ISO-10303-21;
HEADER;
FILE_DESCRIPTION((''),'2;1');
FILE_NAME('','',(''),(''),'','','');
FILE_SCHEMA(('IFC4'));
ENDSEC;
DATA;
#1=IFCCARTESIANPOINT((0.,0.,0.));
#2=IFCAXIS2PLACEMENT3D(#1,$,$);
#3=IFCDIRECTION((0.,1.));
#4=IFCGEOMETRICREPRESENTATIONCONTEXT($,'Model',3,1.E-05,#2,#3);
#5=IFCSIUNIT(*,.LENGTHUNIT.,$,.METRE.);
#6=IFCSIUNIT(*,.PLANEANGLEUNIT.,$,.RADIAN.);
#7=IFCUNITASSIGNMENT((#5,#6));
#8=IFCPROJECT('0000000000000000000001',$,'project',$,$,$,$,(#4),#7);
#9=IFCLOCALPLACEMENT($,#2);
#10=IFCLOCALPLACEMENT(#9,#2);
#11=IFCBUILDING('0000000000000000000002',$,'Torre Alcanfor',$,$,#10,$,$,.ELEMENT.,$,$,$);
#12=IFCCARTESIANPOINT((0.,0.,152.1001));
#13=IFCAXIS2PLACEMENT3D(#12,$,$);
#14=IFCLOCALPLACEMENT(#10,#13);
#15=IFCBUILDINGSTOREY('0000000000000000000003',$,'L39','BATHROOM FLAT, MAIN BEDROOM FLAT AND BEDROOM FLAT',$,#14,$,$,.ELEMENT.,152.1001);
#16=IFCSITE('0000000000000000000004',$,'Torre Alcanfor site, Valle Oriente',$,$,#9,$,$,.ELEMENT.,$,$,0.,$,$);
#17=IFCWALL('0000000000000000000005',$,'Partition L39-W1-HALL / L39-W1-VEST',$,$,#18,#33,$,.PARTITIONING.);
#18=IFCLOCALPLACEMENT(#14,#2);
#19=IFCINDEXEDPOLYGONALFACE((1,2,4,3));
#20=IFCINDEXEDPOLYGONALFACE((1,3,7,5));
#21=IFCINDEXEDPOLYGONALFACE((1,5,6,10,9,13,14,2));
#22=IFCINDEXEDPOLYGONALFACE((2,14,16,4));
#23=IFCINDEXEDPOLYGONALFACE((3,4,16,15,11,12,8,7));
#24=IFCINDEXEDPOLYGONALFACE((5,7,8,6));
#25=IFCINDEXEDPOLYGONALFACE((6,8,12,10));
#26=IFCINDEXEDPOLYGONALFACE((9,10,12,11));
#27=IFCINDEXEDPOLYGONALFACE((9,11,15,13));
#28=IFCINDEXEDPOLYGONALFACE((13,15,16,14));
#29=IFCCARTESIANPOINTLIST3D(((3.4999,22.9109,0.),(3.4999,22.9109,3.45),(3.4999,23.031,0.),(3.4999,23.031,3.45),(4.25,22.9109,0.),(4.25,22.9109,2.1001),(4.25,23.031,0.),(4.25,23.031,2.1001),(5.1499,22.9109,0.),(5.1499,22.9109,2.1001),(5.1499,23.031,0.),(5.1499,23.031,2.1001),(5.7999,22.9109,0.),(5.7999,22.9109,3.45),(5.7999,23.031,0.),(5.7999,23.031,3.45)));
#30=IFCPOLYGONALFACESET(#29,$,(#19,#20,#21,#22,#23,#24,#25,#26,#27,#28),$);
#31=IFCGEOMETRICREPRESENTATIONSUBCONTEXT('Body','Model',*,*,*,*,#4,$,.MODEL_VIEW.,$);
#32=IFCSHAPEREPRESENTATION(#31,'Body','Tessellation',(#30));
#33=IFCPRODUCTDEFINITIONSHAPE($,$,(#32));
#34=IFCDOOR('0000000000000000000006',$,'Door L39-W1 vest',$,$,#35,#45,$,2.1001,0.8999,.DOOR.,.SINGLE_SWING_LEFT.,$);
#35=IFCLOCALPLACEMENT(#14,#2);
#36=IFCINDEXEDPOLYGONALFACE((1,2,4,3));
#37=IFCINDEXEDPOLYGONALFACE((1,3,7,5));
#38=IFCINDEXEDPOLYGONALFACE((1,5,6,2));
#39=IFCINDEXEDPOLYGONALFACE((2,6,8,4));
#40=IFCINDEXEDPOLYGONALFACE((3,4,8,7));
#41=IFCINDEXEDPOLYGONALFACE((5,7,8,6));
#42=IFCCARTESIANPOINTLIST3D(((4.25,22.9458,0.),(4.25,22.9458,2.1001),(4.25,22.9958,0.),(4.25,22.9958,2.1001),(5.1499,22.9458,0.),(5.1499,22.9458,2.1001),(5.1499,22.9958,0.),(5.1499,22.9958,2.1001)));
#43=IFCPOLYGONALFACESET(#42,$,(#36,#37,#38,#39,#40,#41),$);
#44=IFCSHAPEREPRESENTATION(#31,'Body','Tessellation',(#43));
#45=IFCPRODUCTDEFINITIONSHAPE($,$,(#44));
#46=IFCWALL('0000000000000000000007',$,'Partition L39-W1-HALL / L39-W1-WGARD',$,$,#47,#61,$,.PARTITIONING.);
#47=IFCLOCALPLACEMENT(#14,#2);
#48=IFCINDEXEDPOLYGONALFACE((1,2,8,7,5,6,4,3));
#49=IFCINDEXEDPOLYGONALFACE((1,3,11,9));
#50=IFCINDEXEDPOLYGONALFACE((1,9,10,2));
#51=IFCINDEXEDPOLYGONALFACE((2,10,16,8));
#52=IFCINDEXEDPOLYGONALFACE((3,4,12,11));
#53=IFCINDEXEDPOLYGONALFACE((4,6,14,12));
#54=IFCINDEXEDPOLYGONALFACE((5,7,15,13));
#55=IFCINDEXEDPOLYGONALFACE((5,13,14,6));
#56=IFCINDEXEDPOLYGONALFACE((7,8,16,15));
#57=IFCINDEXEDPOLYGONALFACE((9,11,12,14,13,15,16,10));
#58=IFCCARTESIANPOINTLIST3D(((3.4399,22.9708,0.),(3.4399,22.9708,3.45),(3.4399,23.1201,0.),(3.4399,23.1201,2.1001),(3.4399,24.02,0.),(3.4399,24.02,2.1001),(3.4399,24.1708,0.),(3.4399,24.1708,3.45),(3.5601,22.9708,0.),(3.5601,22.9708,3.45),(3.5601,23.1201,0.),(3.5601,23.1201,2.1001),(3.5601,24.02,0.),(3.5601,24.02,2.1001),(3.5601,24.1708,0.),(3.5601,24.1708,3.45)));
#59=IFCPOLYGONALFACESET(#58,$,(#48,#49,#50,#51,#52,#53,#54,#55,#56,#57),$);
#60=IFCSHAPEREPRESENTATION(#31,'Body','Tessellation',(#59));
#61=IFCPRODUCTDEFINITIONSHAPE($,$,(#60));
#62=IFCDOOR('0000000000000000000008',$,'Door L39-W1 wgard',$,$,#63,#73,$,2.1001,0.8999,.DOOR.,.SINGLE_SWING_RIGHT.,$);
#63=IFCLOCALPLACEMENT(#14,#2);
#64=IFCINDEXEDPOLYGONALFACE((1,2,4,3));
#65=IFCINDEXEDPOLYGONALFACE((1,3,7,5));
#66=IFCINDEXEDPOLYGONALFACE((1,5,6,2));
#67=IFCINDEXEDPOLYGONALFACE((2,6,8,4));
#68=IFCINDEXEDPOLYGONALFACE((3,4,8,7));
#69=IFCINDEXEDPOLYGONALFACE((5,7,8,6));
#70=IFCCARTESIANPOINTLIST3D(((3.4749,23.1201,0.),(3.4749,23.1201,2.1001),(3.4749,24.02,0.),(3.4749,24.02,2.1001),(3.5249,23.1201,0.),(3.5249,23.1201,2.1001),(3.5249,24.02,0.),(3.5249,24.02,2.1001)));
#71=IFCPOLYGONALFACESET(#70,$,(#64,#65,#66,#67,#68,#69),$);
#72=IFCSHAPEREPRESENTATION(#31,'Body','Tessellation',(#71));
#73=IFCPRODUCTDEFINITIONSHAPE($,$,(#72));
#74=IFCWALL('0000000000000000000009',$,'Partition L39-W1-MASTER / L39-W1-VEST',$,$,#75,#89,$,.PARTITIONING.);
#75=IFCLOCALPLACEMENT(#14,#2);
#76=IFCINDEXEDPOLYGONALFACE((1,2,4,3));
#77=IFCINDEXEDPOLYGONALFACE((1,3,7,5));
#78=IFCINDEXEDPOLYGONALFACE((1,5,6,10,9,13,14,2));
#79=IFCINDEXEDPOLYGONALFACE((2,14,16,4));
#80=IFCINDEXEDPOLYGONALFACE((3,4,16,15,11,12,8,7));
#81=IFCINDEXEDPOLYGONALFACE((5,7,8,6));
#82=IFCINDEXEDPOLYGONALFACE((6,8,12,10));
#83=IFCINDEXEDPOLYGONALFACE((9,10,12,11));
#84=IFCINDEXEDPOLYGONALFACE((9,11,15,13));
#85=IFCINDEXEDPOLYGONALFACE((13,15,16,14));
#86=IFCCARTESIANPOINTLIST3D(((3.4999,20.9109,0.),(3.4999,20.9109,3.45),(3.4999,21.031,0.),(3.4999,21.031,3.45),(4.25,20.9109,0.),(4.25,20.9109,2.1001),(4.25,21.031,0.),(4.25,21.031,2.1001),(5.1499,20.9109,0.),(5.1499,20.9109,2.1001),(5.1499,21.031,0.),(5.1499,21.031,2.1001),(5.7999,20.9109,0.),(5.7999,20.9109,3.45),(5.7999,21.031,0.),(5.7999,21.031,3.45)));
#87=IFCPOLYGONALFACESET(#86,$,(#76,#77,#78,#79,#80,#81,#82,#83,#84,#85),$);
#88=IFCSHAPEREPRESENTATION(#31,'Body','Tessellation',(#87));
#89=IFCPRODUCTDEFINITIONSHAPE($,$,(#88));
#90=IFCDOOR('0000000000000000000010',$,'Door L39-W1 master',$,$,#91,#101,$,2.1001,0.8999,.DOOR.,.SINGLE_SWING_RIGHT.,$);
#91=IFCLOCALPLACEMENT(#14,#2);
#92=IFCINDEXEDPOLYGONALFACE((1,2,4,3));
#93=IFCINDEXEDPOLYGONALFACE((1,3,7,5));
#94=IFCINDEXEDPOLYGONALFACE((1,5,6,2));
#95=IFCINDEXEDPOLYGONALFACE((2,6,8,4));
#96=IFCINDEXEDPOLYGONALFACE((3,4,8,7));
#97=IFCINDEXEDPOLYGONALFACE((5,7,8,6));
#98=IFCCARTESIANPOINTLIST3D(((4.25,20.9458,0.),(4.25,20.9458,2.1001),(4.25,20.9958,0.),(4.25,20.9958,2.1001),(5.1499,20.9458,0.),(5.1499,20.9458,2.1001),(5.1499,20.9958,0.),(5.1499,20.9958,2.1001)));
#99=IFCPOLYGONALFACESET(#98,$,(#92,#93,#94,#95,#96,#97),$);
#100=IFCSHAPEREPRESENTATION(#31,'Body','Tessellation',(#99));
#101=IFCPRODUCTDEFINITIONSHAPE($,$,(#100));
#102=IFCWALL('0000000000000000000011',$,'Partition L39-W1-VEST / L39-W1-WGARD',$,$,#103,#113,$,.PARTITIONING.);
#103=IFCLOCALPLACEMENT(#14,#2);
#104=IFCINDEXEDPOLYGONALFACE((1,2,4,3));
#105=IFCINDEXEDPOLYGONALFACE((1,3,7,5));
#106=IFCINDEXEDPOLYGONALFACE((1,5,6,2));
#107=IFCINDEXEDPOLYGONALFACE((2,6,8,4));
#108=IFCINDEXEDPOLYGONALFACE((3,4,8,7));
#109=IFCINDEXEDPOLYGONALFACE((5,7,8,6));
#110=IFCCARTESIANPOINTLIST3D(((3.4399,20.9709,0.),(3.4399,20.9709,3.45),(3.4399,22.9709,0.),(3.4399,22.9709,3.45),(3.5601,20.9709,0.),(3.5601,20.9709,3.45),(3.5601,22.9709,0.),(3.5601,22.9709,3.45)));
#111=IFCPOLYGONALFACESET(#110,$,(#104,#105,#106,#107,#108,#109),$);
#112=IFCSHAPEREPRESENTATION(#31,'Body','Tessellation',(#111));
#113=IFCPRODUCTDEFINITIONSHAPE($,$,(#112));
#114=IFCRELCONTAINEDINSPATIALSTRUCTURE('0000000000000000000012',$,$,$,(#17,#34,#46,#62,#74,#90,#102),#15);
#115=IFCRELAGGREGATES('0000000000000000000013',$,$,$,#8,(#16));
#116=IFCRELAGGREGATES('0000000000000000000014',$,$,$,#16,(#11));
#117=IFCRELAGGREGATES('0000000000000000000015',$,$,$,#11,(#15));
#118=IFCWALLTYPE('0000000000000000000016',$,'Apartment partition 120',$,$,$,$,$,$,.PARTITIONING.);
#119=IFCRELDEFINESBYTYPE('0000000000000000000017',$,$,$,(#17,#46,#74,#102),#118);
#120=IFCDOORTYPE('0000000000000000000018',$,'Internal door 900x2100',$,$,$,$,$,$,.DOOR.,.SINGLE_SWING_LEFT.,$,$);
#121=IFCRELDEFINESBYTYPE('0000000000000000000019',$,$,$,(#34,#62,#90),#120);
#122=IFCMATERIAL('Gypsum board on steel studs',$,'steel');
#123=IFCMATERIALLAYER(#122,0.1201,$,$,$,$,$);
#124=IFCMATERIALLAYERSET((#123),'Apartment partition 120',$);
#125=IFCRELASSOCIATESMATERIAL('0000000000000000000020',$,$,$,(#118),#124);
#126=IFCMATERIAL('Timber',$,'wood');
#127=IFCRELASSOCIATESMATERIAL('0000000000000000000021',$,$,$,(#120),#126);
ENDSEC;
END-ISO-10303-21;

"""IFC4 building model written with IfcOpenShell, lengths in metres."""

from ifc_helpers import new_model, si_unit, direction, frame, frame_2d, origin, place, context, subcontext, project, spatial, rectangle, extrude, material, layer, layer_set, type_object, element, fill, save


model = new_model("IFC4")

# Units and contexts
model_context = context("Model", 3, precision=1e-05, world=origin(), true_north=direction((0.0, 1.0)))
body_context = subcontext(model_context, "Body", "Model", "MODEL_VIEW")
ifc_project = project(units=[si_unit("LENGTHUNIT", "METRE"), si_unit("PLANEANGLEUNIT", "RADIAN")], contexts=[model_context])

# Site, building, storey
site_placement = place(None, origin())
site = spatial("IfcSite", under=ifc_project, at=site_placement, Name="Torre Alcanfor site, Valle Oriente", CompositionType="ELEMENT", RefElevation=0.0)
building_placement = place(site_placement, origin())
building = spatial("IfcBuilding", under=site, at=building_placement, Name="Torre Alcanfor", CompositionType="ELEMENT")
storey_placement = place(building_placement, frame((0.0, 0.0, 152.1001)))
storey = spatial("IfcBuildingStorey", under=building, at=storey_placement, Name="L39", Description="BATHROOM FLAT, MAIN BEDROOM FLAT AND BEDROOM FLAT", CompositionType="ELEMENT", Elevation=152.1001)

# Shared definitions
ifc_material_1 = material(Name="Gypsum board on steel studs", Category="steel")
ifc_layer_1 = layer(ifc_material_1, 0.1201)
ifc_layer_set_1 = layer_set([ifc_layer_1], Name="Apartment partition 120")
wall_type = type_object("IfcWallType", Name="Apartment partition 120", PredefinedType="PARTITIONING", material=ifc_layer_set_1)
ifc_material_2 = material(Name="Timber", Category="wood")
door_type = type_object("IfcDoorType", Name="Internal door 900x2100", OperationType="SINGLE_SWING_LEFT", PredefinedType="DOOR", material=ifc_material_2)

# Walls, openings, doors
wall_1_placement = place(storey_placement, frame((3.5, 22.9709, 0.0), z_axis=(0.0, 0.0, 1.0), x_axis=(1.0, 0.0, 0.0)))
wall_1 = element("IfcWall", 1, at=wall_1_placement, inside=storey, type_object=wall_type, Name="Partition L39-W1-HALL / L39-W1-VEST", PredefinedType="PARTITIONING", context=body_context, shape_type="SweptSolid", body=[
    extrude(rectangle(XDim=2.3, YDim=0.1201, at=frame_2d((1.1499, 0.0))), origin(), (0.0, 0.0, 1.0), 3.45),
])
opening_1_placement = place(wall_1_placement, frame((0.75, 0.0, 0.0)))
opening_1 = element("IfcOpeningElement", 2, at=opening_1_placement, cuts=wall_1, PredefinedType="OPENING", context=body_context, shape_type="SweptSolid", body=[
    extrude(rectangle(XDim=0.8999, YDim=2.1001, at=frame_2d((0.45, 1.05))), frame((0.0, 0.0701, 0.0), z_axis=(0.0, -1.0, 0.0), x_axis=(1.0, 0.0, 0.0)), (0.0, 0.0, 1.0), 0.1401),
])
door_1_placement = place(opening_1_placement, frame((0.8999, 0.0, 0.0), z_axis=(0.0, 0.0, 1.0), x_axis=(-1.0, 0.0, 0.0)))
door_1 = element("IfcDoor", 3, at=door_1_placement, inside=storey, type_object=door_type, Name="Door L39-W1 vest", OperationType="SINGLE_SWING_LEFT", OverallHeight=2.1001, OverallWidth=0.8999, PredefinedType="DOOR", context=body_context, shape_type="SweptSolid", body=[
    extrude(rectangle(XDim=0.8999, YDim=2.1001, at=frame_2d((0.45, 1.05))), frame((0.0, 0.0251, 0.0), z_axis=(0.0, -1.0, 0.0), x_axis=(1.0, 0.0, 0.0)), (0.0, 0.0, 1.0), 0.05),
])
fill(opening_1, door_1)
wall_2_placement = place(storey_placement, frame((3.5, 24.1709, 0.0), z_axis=(0.0, 0.0, 1.0), x_axis=(0.0, -1.0, 0.0)))
wall_2 = element("IfcWall", 4, at=wall_2_placement, inside=storey, type_object=wall_type, Name="Partition L39-W1-HALL / L39-W1-WGARD", PredefinedType="PARTITIONING", context=body_context, shape_type="SweptSolid", body=[
    extrude(rectangle(XDim=1.2, YDim=0.1201, at=frame_2d((0.6001, 0.0))), origin(), (0.0, 0.0, 1.0), 3.45),
])
opening_2_placement = place(wall_2_placement, frame((0.1509, 0.0, 0.0)))
opening_2 = element("IfcOpeningElement", 5, at=opening_2_placement, cuts=wall_2, PredefinedType="OPENING", context=body_context, shape_type="SweptSolid", body=[
    extrude(rectangle(XDim=0.8999, YDim=2.1001, at=frame_2d((0.45, 1.05))), frame((0.0, 0.0701, 0.0), z_axis=(0.0, -1.0, 0.0), x_axis=(1.0, 0.0, 0.0)), (0.0, 0.0, 1.0), 0.1401),
])
door_2_placement = place(opening_2_placement, frame((0.8999, 0.0, 0.0), z_axis=(0.0, 0.0, 1.0), x_axis=(-1.0, 0.0, 0.0)))
door_2 = element("IfcDoor", 6, at=door_2_placement, inside=storey, type_object=door_type, Name="Door L39-W1 wgard", OperationType="SINGLE_SWING_RIGHT", OverallHeight=2.1001, OverallWidth=0.8999, PredefinedType="DOOR", context=body_context, shape_type="SweptSolid", body=[
    extrude(rectangle(XDim=0.8999, YDim=2.1001, at=frame_2d((0.45, 1.05))), frame((0.0, 0.0251, 0.0), z_axis=(0.0, -1.0, 0.0), x_axis=(1.0, 0.0, 0.0)), (0.0, 0.0, 1.0), 0.05),
])
fill(opening_2, door_2)
wall_3_placement = place(storey_placement, frame((3.5, 20.9709, 0.0), z_axis=(0.0, 0.0, 1.0), x_axis=(1.0, 0.0, 0.0)))
wall_3 = element("IfcWall", 7, at=wall_3_placement, inside=storey, type_object=wall_type, Name="Partition L39-W1-MASTER / L39-W1-VEST", PredefinedType="PARTITIONING", context=body_context, shape_type="SweptSolid", body=[
    extrude(rectangle(XDim=2.3, YDim=0.1201, at=frame_2d((1.1499, 0.0))), origin(), (0.0, 0.0, 1.0), 3.45),
])
opening_3_placement = place(wall_3_placement, frame((0.75, 0.0, 0.0)))
opening_3 = element("IfcOpeningElement", 8, at=opening_3_placement, cuts=wall_3, PredefinedType="OPENING", context=body_context, shape_type="SweptSolid", body=[
    extrude(rectangle(XDim=0.8999, YDim=2.1001, at=frame_2d((0.45, 1.05))), frame((0.0, 0.0701, 0.0), z_axis=(0.0, -1.0, 0.0), x_axis=(1.0, 0.0, 0.0)), (0.0, 0.0, 1.0), 0.1401),
])
door_3_placement = place(opening_3_placement, origin())
door_3 = element("IfcDoor", 9, at=door_3_placement, inside=storey, type_object=door_type, Name="Door L39-W1 master", OperationType="SINGLE_SWING_RIGHT", OverallHeight=2.1001, OverallWidth=0.8999, PredefinedType="DOOR", context=body_context, shape_type="SweptSolid", body=[
    extrude(rectangle(XDim=0.8999, YDim=2.1001, at=frame_2d((0.45, 1.05))), frame((0.0, 0.0249, 0.0), z_axis=(0.0, -1.0, 0.0), x_axis=(1.0, 0.0, 0.0)), (0.0, 0.0, 1.0), 0.05),
])
fill(opening_3, door_3)

# Wall
wall_4_placement = place(storey_placement, frame((3.5, 22.9709, 0.0), z_axis=(0.0, 0.0, 1.0), x_axis=(0.0, -1.0, 0.0)))
element("IfcWall", 10, at=wall_4_placement, inside=storey, type_object=wall_type, Name="Partition L39-W1-VEST / L39-W1-WGARD", PredefinedType="PARTITIONING", context=body_context, shape_type="SweptSolid", body=[
    extrude(rectangle(XDim=2.0, YDim=0.1201, at=frame_2d((1.0, 0.0))), origin(), (0.0, 0.0, 1.0), 3.45),
])

save(model, "model.ifc")
